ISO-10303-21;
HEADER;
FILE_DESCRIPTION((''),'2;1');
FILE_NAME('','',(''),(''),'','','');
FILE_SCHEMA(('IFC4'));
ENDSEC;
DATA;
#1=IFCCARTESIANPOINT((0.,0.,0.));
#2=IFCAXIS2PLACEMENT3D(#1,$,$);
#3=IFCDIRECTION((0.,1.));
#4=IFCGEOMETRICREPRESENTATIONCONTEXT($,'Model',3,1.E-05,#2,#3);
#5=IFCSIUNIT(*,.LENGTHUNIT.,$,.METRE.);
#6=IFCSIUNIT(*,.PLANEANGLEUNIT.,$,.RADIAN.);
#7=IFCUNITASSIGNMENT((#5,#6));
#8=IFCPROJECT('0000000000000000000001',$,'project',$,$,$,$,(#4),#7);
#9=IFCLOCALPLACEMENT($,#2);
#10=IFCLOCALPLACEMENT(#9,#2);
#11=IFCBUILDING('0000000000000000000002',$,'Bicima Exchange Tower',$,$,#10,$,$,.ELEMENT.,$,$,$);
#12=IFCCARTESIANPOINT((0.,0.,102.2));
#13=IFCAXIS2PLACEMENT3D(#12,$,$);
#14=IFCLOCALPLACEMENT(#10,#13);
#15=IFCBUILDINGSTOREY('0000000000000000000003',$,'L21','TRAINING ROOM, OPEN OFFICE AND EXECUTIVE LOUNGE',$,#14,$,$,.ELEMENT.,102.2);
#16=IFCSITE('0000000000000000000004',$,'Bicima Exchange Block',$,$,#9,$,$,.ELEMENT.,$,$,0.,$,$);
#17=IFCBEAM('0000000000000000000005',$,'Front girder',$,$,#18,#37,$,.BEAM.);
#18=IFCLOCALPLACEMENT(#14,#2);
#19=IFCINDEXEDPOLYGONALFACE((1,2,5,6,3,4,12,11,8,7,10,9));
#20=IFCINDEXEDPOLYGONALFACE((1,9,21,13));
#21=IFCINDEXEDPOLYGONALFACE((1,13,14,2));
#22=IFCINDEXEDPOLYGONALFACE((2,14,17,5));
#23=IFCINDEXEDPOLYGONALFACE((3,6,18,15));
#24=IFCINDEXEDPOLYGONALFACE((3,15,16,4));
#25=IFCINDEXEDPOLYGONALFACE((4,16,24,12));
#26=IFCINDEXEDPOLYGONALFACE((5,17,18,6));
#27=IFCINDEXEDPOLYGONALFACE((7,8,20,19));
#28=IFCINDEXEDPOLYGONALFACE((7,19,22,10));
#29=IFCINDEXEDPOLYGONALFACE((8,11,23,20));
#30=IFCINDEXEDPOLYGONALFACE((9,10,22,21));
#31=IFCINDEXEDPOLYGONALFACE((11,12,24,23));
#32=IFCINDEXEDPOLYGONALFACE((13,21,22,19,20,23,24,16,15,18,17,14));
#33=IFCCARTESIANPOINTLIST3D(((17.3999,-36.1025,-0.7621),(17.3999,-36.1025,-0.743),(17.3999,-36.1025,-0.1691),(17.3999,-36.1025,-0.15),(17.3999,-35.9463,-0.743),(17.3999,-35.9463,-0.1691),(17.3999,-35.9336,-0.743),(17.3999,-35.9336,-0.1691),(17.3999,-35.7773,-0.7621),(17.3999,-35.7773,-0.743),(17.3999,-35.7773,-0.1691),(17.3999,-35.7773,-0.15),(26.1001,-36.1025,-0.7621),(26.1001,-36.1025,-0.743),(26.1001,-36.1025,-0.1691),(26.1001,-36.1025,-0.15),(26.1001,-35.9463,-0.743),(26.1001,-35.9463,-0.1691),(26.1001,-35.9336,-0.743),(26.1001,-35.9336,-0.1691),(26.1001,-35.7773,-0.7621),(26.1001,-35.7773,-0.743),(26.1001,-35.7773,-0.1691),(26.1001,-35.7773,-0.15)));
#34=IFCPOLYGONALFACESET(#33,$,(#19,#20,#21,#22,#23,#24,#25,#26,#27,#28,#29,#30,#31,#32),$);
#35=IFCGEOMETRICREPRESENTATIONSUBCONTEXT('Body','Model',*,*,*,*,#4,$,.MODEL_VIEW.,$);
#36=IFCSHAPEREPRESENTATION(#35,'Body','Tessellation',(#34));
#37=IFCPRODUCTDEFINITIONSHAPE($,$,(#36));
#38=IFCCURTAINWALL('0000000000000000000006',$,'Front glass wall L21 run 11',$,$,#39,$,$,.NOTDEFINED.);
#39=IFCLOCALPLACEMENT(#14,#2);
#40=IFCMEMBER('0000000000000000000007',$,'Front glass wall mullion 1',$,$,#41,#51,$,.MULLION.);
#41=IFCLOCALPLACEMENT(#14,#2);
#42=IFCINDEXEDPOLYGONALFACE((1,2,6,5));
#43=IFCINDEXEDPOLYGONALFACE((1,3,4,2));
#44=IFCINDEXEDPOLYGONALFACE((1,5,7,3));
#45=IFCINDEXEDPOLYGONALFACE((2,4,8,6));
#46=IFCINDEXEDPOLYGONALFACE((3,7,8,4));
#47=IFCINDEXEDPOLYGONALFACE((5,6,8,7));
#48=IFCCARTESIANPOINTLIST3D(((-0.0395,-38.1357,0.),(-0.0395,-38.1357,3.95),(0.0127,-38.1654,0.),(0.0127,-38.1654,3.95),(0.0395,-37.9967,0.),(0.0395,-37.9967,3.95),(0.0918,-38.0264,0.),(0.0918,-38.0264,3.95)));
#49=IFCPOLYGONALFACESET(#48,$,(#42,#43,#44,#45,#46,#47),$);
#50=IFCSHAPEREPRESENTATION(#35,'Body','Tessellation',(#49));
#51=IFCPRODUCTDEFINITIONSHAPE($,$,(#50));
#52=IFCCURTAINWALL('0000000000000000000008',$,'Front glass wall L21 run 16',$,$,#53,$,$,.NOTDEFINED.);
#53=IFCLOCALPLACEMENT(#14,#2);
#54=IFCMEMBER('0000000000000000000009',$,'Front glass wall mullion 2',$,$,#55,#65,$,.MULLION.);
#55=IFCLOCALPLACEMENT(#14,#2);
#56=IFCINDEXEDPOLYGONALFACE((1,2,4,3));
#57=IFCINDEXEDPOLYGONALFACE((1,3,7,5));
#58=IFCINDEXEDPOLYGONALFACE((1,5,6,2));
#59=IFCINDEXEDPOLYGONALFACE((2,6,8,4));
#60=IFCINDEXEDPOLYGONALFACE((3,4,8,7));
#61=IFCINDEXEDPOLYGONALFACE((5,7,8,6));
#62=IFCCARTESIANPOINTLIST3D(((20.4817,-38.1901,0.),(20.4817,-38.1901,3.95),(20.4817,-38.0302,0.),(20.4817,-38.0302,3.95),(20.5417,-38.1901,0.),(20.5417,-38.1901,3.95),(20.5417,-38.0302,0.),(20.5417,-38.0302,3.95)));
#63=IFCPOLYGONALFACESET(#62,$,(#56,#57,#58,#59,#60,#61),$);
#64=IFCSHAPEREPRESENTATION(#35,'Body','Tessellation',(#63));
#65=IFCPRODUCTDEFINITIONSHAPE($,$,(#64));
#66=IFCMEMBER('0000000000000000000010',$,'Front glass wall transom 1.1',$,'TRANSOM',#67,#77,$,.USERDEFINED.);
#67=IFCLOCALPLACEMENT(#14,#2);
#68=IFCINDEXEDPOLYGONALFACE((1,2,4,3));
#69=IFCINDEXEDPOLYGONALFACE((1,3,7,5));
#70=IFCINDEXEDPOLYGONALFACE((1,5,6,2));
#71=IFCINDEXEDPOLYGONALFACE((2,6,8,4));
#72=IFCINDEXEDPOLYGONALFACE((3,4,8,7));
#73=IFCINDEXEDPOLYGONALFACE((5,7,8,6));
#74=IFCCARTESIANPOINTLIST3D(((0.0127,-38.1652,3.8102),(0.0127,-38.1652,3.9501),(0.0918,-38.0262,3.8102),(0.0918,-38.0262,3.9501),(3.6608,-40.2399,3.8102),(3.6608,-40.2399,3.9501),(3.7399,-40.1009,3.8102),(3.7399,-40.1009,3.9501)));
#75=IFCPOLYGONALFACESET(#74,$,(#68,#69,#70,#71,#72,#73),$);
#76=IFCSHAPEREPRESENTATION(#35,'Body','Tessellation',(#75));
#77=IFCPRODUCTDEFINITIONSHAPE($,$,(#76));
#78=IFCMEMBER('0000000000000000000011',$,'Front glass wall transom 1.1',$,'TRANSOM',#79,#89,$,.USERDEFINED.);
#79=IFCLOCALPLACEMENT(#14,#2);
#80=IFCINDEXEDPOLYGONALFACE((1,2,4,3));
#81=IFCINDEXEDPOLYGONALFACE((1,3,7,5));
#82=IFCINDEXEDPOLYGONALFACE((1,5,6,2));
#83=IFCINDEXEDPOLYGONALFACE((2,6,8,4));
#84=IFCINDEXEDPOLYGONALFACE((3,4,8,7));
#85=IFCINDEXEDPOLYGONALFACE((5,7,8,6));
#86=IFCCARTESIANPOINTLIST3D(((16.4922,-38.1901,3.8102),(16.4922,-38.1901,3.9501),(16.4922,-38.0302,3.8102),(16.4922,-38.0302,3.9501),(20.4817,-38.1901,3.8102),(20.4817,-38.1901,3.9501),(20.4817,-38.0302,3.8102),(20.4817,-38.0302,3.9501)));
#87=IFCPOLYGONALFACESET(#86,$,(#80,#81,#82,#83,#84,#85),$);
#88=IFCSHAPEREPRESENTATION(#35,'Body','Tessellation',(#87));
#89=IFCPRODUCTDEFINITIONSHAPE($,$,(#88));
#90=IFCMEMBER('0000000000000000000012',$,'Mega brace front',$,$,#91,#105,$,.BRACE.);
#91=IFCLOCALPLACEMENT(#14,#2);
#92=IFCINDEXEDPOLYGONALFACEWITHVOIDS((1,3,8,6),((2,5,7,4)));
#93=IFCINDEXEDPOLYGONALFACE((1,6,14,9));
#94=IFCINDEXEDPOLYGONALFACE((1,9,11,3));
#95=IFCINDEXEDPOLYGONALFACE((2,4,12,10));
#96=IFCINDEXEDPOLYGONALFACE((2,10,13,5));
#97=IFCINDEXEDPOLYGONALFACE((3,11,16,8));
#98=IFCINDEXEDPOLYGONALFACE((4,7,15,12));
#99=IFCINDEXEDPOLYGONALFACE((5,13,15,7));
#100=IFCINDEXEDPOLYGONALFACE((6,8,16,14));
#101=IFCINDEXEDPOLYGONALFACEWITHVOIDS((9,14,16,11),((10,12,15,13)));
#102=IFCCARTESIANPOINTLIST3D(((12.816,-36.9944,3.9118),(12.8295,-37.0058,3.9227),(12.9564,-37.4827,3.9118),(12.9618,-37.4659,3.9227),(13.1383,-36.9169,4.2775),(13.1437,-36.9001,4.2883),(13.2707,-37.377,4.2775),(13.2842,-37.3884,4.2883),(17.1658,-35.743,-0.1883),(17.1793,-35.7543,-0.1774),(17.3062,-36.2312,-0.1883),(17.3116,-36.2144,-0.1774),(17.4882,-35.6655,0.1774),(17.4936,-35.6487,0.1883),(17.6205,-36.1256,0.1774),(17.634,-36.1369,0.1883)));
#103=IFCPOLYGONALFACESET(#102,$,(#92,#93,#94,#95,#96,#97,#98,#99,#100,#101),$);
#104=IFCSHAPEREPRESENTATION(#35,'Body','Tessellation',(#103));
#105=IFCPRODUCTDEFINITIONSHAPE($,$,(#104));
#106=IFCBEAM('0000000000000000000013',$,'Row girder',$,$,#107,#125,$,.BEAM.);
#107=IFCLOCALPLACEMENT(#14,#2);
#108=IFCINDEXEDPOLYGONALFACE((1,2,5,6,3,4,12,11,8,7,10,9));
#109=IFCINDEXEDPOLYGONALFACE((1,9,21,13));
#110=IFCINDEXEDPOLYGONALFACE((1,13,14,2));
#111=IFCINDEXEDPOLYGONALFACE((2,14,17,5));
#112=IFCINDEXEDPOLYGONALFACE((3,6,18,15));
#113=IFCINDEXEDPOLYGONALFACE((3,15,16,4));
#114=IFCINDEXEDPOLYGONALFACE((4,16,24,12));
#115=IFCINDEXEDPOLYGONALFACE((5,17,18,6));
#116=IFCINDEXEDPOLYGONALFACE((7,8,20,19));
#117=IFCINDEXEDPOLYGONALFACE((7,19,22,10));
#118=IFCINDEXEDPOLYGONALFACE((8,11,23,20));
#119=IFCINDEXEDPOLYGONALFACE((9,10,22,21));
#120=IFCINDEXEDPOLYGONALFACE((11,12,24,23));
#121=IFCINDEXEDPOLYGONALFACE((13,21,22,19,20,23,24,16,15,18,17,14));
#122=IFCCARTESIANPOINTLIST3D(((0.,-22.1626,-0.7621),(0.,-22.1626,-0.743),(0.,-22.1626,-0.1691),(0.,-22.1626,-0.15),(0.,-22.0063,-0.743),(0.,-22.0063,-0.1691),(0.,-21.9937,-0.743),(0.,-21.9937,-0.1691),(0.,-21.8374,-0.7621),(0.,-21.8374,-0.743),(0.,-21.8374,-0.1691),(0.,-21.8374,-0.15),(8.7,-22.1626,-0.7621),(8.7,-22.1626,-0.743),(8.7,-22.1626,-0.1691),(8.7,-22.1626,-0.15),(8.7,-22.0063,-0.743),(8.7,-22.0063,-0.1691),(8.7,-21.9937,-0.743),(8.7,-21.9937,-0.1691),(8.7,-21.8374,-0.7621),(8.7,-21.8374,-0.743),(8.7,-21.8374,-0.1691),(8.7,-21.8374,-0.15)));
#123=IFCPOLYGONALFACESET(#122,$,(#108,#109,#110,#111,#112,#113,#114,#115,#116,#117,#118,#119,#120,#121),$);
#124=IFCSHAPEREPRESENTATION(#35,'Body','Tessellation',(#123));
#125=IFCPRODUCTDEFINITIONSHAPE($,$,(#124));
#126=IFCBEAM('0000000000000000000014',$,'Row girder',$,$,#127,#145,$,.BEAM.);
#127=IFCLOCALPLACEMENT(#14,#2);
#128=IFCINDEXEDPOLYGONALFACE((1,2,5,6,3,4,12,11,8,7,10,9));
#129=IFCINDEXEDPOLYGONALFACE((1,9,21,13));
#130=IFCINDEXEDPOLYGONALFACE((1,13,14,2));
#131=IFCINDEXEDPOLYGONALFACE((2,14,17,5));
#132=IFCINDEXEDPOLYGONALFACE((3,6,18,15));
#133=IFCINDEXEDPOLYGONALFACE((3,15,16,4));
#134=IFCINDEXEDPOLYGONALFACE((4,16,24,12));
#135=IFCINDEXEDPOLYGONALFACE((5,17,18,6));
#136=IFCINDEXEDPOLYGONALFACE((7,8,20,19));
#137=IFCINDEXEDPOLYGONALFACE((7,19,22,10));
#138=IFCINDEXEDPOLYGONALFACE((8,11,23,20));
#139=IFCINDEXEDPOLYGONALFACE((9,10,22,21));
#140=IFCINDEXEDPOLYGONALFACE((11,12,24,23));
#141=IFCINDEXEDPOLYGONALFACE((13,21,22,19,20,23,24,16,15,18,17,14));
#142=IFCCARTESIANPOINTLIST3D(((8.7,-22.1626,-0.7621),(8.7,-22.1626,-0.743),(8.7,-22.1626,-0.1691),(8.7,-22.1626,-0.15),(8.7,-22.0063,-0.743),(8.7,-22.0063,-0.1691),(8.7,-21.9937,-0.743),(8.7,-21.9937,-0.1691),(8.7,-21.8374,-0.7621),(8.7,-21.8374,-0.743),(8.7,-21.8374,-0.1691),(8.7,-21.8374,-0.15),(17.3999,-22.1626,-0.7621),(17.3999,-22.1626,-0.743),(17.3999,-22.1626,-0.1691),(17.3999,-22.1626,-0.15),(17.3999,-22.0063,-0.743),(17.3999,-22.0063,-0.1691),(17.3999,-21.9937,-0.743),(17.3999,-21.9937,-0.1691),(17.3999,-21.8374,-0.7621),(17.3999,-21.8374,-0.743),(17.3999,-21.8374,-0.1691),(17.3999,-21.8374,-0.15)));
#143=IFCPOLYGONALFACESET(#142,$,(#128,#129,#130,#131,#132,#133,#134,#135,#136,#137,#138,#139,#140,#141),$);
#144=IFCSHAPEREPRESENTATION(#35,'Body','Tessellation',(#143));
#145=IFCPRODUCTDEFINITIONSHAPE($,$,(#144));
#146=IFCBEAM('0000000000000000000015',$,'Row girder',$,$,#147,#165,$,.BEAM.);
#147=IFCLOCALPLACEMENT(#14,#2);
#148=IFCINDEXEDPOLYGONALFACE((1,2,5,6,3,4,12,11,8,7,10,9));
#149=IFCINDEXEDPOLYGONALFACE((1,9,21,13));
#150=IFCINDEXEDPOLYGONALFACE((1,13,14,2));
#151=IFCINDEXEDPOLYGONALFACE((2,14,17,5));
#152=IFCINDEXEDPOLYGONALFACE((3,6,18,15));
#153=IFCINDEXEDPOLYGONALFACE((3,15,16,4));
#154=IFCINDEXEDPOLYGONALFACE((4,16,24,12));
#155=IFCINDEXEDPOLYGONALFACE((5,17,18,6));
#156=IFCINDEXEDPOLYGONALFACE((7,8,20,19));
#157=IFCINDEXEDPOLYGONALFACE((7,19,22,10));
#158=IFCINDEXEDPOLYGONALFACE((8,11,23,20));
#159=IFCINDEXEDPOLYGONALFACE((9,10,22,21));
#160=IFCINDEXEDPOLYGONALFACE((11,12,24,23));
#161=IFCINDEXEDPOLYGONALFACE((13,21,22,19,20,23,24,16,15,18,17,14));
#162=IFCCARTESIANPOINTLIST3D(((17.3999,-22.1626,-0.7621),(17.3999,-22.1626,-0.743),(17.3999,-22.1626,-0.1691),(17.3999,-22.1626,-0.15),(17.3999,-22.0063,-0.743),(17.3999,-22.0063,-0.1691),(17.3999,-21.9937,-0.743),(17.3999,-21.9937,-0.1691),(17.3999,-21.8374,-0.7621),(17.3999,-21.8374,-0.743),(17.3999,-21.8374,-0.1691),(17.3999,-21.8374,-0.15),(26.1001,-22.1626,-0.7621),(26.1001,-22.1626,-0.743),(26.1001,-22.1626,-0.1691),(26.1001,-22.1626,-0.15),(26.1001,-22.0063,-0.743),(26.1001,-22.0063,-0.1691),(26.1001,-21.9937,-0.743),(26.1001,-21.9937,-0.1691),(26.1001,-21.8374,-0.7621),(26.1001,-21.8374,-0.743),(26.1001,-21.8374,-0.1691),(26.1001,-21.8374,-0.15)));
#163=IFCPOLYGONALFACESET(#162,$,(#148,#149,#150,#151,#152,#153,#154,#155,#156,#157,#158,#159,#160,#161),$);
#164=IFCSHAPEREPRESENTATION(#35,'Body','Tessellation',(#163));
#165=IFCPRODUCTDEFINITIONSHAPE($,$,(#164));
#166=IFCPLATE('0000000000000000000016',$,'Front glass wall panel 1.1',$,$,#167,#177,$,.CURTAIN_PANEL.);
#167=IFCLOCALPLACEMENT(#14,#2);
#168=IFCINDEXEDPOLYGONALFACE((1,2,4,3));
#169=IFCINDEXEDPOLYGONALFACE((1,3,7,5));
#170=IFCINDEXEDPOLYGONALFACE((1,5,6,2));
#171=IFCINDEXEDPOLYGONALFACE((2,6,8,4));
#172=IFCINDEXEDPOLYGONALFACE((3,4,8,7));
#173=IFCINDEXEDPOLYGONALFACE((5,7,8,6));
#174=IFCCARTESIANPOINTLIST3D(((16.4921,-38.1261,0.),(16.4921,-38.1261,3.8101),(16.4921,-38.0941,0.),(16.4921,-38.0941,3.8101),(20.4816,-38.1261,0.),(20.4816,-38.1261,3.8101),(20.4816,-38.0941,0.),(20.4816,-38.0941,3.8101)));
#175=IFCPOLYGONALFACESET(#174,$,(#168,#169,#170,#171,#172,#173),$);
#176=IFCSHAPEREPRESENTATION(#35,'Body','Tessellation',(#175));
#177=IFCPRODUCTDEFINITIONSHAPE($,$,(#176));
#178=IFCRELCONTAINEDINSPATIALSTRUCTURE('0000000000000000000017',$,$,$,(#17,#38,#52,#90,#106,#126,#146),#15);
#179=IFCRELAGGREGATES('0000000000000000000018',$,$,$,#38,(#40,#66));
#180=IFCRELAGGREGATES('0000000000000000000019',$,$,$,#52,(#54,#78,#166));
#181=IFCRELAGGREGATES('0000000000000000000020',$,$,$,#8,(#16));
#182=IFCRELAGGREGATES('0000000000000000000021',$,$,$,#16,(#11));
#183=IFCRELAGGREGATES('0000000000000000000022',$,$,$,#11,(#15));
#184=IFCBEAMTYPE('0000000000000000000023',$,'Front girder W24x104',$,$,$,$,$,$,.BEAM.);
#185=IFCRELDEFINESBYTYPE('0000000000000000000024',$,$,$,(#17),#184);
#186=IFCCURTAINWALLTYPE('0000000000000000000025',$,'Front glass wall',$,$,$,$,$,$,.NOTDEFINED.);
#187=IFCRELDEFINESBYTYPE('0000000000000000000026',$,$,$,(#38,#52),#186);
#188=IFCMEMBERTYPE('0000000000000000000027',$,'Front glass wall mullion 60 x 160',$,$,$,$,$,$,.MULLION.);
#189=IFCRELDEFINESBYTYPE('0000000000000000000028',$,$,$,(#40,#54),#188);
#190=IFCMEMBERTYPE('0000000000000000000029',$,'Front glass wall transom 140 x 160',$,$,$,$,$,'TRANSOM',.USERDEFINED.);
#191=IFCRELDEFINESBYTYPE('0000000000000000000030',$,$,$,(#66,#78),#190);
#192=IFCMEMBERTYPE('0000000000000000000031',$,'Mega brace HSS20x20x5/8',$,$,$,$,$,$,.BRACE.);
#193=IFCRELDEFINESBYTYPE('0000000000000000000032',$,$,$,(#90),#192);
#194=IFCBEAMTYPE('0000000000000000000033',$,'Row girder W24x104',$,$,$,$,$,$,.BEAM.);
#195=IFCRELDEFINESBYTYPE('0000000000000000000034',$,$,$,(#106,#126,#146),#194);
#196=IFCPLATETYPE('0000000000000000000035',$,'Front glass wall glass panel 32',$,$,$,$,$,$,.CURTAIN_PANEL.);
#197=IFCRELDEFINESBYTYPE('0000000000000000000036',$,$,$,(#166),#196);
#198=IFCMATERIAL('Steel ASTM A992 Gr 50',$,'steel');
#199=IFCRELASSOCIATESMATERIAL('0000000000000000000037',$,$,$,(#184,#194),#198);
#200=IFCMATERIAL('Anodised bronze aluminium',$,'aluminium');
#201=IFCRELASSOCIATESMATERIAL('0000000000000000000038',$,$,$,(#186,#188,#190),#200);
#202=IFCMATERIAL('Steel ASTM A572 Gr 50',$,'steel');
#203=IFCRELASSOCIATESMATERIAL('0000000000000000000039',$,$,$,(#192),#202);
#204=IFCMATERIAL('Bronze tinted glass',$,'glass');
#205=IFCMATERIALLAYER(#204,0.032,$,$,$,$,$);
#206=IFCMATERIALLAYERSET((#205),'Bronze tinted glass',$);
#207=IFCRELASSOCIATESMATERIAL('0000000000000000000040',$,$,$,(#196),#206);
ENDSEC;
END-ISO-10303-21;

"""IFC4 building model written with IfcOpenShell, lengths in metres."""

from ifc_helpers import new_model, si_unit, direction, frame, origin, origin_2d, place, context, subcontext, project, spatial, rectangle, hollow_rectangle, i_section, extrude, material, layer, layer_set, material_profile, profile_set, type_object, element, aggregate, save


model = new_model("IFC4")

# Units and contexts
model_context = context("Model", 3, precision=1e-05, world=origin(), true_north=direction((0.0, 1.0)))
body_context = subcontext(model_context, "Body", "Model", "MODEL_VIEW")
ifc_project = project(units=[si_unit("LENGTHUNIT", "METRE"), si_unit("PLANEANGLEUNIT", "RADIAN")], contexts=[model_context])

# Site, building, storey
site_placement = place(None, origin())
site = spatial("IfcSite", under=ifc_project, at=site_placement, Name="Bicima Exchange Block", CompositionType="ELEMENT", RefElevation=0.0)
building_placement = place(site_placement, origin())
building = spatial("IfcBuilding", under=site, at=building_placement, Name="Bicima Exchange Tower", CompositionType="ELEMENT")
storey_placement = place(building_placement, frame((0.0, 0.0, 102.2)))
storey = spatial("IfcBuildingStorey", under=building, at=storey_placement, Name="L21", Description="TRAINING ROOM, OPEN OFFICE AND EXECUTIVE LOUNGE", CompositionType="ELEMENT", Elevation=102.2)

# Shared definitions
ifc_material_1 = material(Name="Steel ASTM A992 Gr 50", Category="steel")

# Beam
ifc_material_profile_1 = material_profile(ifc_material_1, i_section(OverallWidth=0.3252, OverallDepth=0.6121, WebThickness=0.0127, FlangeThickness=0.019, at=origin_2d()))
ifc_profile_set_1 = profile_set([ifc_material_profile_1], Name="Steel ASTM A992 Gr 50")
beam_type_1 = type_object("IfcBeamType", Name="Front girder W24x104", PredefinedType="BEAM", material=ifc_profile_set_1)
beam_1_placement = place(storey_placement, frame((17.3999, -35.9399, -0.4561), z_axis=(1.0, 0.0, 0.0), x_axis=(0.0, 1.0, 0.0)))
element("IfcBeam", 1, at=beam_1_placement, inside=storey, type_object=beam_type_1, Name="Front girder", PredefinedType="BEAM", context=body_context, shape_type="SweptSolid", body=[
    extrude(i_section(OverallWidth=0.3252, OverallDepth=0.6121, WebThickness=0.0127, FlangeThickness=0.019, at=origin_2d()), origin(), (0.0, 0.0, 1.0), 8.7002),
])

# Curtain walls, members
ifc_material_2 = material(Name="Anodised bronze aluminium", Category="aluminium")
curtain_wall_type = type_object("IfcCurtainWallType", Name="Front glass wall", PredefinedType="NOTDEFINED", material=ifc_material_2)
curtain_wall_1_placement = place(storey_placement, origin())
curtain_wall_1 = element("IfcCurtainWall", 2, at=curtain_wall_1_placement, inside=storey, type_object=curtain_wall_type, Name="Front glass wall L21 run 11", PredefinedType="NOTDEFINED")
ifc_material_profile_2 = material_profile(ifc_material_2, rectangle(XDim=0.1599, YDim=0.0601, at=origin_2d()))
ifc_profile_set_2 = profile_set([ifc_material_profile_2], Name="Anodised bronze aluminium")
member_type_1 = type_object("IfcMemberType", Name="Front glass wall mullion 60 x 160", PredefinedType="MULLION", material=ifc_profile_set_2)
member_1_placement = place(storey_placement, frame((0.0261, -38.0811, 0.0), z_axis=(0.0, 0.0, 1.0), x_axis=(0.49433, 0.869274, 0.0)))
member_1 = element("IfcMember", 3, at=member_1_placement, type_object=member_type_1, Name="Front glass wall mullion 1", PredefinedType="MULLION", context=body_context, shape_type="SweptSolid", body=[
    extrude(rectangle(XDim=0.1599, YDim=0.0601, at=origin_2d()), origin(), (0.0, 0.0, 1.0), 3.95),
])
curtain_wall_2_placement = place(storey_placement, origin())
curtain_wall_2 = element("IfcCurtainWall", 4, at=curtain_wall_2_placement, inside=storey, type_object=curtain_wall_type, Name="Front glass wall L21 run 16", PredefinedType="NOTDEFINED")
member_2_placement = place(storey_placement, frame((20.5117, -38.1101, 0.0), z_axis=(0.0, 0.0, 1.0), x_axis=(0.0, 1.0, 0.0)))
member_2 = element("IfcMember", 5, at=member_2_placement, type_object=member_type_1, Name="Front glass wall mullion 2", PredefinedType="MULLION", context=body_context, shape_type="SweptSolid", body=[
    extrude(rectangle(XDim=0.1599, YDim=0.0601, at=origin_2d()), origin(), (0.0, 0.0, 1.0), 3.95),
])

# Members
ifc_material_profile_3 = material_profile(ifc_material_2, rectangle(XDim=0.1599, YDim=0.1399, at=origin_2d()))
ifc_profile_set_3 = profile_set([ifc_material_profile_3], Name="Anodised bronze aluminium")
member_type_2 = type_object("IfcMemberType", Name="Front glass wall transom 140 x 160", ElementType="TRANSOM", PredefinedType="USERDEFINED", material=ifc_profile_set_3)
member_3_placement = place(storey_placement, frame((0.0522, -38.0957, 3.8801), z_axis=(0.869265, -0.494346, 0.0), x_axis=(0.494346, 0.869265, 0.0)))
member_3 = element("IfcMember", 6, at=member_3_placement, type_object=member_type_2, Name="Front glass wall transom 1.1", ObjectType="TRANSOM", PredefinedType="USERDEFINED", context=body_context, shape_type="SweptSolid", body=[
    extrude(rectangle(XDim=0.1599, YDim=0.1399, at=origin_2d()), origin(), (0.0, 0.0, 1.0), 4.1968),
])
aggregate(curtain_wall_1, [member_1, member_3])
member_4_placement = place(storey_placement, frame((16.4922, -38.1101, 3.8801), z_axis=(1.0, 0.0, 0.0), x_axis=(0.0, 1.0, 0.0)))
member_4 = element("IfcMember", 7, at=member_4_placement, type_object=member_type_2, Name="Front glass wall transom 1.1", ObjectType="TRANSOM", PredefinedType="USERDEFINED", context=body_context, shape_type="SweptSolid", body=[
    extrude(rectangle(XDim=0.1599, YDim=0.1399, at=origin_2d()), origin(), (0.0, 0.0, 1.0), 3.9895),
])
ifc_material_3 = material(Name="Steel ASTM A572 Gr 50", Category="steel")
ifc_material_profile_4 = material_profile(ifc_material_3, hollow_rectangle(XDim=0.5081, YDim=0.5081, WallThickness=0.0146, at=origin_2d()))
ifc_profile_set_4 = profile_set([ifc_material_profile_4], Name="Steel ASTM A572 Gr 50")
member_type_3 = type_object("IfcMemberType", Name="Mega brace HSS20x20x5/8", PredefinedType="BRACE", material=ifc_profile_set_4)
member_5_placement = place(storey_placement, frame((17.3999, -35.9399, 0.0), z_axis=(-0.712247, -0.204915, 0.671352), x_axis=(0.276487, -0.961018, 0.0)))
element("IfcMember", 8, at=member_5_placement, inside=storey, type_object=member_type_3, Name="Mega brace front", PredefinedType="BRACE", context=body_context, shape_type="SweptSolid", body=[
    extrude(hollow_rectangle(XDim=0.5081, YDim=0.5081, WallThickness=0.0146, at=origin_2d()), origin(), (0.0, 0.0, 1.0), 6.1072),
])

# Beams
beam_type_2 = type_object("IfcBeamType", Name="Row girder W24x104", PredefinedType="BEAM", material=ifc_profile_set_1)
for number, where, z_axis, x_axis, name in (
    (9, (0.0, -22.0, -0.4561), (1.0, 0.0, 0.0), (0.0, 1.0, 0.0), "Row girder"),
    (10, (8.7, -22.0, -0.4561), (1.0, 0.0, 0.0), (0.0, 1.0, 0.0), "Row girder"),
):
    element("IfcBeam", number, at=place(storey_placement, frame(where, z_axis=z_axis, x_axis=x_axis)), inside=storey, type_object=beam_type_2, Name=name, PredefinedType="BEAM", context=body_context, shape_type="SweptSolid", body=[
        extrude(i_section(OverallWidth=0.3252, OverallDepth=0.6121, WebThickness=0.0127, FlangeThickness=0.019, at=origin_2d()), origin(), (0.0, 0.0, 1.0), 8.7),
    ])
beam_2_placement = place(storey_placement, frame((17.3999, -22.0, -0.4561), z_axis=(1.0, 0.0, 0.0), x_axis=(0.0, 1.0, 0.0)))
element("IfcBeam", 11, at=beam_2_placement, inside=storey, type_object=beam_type_2, Name="Row girder", PredefinedType="BEAM", context=body_context, shape_type="SweptSolid", body=[
    extrude(i_section(OverallWidth=0.3252, OverallDepth=0.6121, WebThickness=0.0127, FlangeThickness=0.019, at=origin_2d()), origin(), (0.0, 0.0, 1.0), 8.7002),
])

# Plate
ifc_material_4 = material(Name="Bronze tinted glass", Category="glass")
ifc_layer_1 = layer(ifc_material_4, 0.032)
ifc_layer_set_1 = layer_set([ifc_layer_1], Name="Bronze tinted glass")
plate_type = type_object("IfcPlateType", Name="Front glass wall glass panel 32", PredefinedType="CURTAIN_PANEL", material=ifc_layer_set_1)
plate_placement = place(storey_placement, frame((18.4868, -38.1101, 0.0), z_axis=(0.0, 0.0, 1.0), x_axis=(1.0, 0.0, 0.0)))
plate = element("IfcPlate", 12, at=plate_placement, type_object=plate_type, Name="Front glass wall panel 1.1", PredefinedType="CURTAIN_PANEL", context=body_context, shape_type="SweptSolid", body=[
    extrude(rectangle(XDim=3.9895, YDim=0.032, at=origin_2d()), origin(), (0.0, 0.0, 1.0), 3.8101),
])
aggregate(curtain_wall_2, [member_2, member_4, plate])

save(model, "model.ifc")
